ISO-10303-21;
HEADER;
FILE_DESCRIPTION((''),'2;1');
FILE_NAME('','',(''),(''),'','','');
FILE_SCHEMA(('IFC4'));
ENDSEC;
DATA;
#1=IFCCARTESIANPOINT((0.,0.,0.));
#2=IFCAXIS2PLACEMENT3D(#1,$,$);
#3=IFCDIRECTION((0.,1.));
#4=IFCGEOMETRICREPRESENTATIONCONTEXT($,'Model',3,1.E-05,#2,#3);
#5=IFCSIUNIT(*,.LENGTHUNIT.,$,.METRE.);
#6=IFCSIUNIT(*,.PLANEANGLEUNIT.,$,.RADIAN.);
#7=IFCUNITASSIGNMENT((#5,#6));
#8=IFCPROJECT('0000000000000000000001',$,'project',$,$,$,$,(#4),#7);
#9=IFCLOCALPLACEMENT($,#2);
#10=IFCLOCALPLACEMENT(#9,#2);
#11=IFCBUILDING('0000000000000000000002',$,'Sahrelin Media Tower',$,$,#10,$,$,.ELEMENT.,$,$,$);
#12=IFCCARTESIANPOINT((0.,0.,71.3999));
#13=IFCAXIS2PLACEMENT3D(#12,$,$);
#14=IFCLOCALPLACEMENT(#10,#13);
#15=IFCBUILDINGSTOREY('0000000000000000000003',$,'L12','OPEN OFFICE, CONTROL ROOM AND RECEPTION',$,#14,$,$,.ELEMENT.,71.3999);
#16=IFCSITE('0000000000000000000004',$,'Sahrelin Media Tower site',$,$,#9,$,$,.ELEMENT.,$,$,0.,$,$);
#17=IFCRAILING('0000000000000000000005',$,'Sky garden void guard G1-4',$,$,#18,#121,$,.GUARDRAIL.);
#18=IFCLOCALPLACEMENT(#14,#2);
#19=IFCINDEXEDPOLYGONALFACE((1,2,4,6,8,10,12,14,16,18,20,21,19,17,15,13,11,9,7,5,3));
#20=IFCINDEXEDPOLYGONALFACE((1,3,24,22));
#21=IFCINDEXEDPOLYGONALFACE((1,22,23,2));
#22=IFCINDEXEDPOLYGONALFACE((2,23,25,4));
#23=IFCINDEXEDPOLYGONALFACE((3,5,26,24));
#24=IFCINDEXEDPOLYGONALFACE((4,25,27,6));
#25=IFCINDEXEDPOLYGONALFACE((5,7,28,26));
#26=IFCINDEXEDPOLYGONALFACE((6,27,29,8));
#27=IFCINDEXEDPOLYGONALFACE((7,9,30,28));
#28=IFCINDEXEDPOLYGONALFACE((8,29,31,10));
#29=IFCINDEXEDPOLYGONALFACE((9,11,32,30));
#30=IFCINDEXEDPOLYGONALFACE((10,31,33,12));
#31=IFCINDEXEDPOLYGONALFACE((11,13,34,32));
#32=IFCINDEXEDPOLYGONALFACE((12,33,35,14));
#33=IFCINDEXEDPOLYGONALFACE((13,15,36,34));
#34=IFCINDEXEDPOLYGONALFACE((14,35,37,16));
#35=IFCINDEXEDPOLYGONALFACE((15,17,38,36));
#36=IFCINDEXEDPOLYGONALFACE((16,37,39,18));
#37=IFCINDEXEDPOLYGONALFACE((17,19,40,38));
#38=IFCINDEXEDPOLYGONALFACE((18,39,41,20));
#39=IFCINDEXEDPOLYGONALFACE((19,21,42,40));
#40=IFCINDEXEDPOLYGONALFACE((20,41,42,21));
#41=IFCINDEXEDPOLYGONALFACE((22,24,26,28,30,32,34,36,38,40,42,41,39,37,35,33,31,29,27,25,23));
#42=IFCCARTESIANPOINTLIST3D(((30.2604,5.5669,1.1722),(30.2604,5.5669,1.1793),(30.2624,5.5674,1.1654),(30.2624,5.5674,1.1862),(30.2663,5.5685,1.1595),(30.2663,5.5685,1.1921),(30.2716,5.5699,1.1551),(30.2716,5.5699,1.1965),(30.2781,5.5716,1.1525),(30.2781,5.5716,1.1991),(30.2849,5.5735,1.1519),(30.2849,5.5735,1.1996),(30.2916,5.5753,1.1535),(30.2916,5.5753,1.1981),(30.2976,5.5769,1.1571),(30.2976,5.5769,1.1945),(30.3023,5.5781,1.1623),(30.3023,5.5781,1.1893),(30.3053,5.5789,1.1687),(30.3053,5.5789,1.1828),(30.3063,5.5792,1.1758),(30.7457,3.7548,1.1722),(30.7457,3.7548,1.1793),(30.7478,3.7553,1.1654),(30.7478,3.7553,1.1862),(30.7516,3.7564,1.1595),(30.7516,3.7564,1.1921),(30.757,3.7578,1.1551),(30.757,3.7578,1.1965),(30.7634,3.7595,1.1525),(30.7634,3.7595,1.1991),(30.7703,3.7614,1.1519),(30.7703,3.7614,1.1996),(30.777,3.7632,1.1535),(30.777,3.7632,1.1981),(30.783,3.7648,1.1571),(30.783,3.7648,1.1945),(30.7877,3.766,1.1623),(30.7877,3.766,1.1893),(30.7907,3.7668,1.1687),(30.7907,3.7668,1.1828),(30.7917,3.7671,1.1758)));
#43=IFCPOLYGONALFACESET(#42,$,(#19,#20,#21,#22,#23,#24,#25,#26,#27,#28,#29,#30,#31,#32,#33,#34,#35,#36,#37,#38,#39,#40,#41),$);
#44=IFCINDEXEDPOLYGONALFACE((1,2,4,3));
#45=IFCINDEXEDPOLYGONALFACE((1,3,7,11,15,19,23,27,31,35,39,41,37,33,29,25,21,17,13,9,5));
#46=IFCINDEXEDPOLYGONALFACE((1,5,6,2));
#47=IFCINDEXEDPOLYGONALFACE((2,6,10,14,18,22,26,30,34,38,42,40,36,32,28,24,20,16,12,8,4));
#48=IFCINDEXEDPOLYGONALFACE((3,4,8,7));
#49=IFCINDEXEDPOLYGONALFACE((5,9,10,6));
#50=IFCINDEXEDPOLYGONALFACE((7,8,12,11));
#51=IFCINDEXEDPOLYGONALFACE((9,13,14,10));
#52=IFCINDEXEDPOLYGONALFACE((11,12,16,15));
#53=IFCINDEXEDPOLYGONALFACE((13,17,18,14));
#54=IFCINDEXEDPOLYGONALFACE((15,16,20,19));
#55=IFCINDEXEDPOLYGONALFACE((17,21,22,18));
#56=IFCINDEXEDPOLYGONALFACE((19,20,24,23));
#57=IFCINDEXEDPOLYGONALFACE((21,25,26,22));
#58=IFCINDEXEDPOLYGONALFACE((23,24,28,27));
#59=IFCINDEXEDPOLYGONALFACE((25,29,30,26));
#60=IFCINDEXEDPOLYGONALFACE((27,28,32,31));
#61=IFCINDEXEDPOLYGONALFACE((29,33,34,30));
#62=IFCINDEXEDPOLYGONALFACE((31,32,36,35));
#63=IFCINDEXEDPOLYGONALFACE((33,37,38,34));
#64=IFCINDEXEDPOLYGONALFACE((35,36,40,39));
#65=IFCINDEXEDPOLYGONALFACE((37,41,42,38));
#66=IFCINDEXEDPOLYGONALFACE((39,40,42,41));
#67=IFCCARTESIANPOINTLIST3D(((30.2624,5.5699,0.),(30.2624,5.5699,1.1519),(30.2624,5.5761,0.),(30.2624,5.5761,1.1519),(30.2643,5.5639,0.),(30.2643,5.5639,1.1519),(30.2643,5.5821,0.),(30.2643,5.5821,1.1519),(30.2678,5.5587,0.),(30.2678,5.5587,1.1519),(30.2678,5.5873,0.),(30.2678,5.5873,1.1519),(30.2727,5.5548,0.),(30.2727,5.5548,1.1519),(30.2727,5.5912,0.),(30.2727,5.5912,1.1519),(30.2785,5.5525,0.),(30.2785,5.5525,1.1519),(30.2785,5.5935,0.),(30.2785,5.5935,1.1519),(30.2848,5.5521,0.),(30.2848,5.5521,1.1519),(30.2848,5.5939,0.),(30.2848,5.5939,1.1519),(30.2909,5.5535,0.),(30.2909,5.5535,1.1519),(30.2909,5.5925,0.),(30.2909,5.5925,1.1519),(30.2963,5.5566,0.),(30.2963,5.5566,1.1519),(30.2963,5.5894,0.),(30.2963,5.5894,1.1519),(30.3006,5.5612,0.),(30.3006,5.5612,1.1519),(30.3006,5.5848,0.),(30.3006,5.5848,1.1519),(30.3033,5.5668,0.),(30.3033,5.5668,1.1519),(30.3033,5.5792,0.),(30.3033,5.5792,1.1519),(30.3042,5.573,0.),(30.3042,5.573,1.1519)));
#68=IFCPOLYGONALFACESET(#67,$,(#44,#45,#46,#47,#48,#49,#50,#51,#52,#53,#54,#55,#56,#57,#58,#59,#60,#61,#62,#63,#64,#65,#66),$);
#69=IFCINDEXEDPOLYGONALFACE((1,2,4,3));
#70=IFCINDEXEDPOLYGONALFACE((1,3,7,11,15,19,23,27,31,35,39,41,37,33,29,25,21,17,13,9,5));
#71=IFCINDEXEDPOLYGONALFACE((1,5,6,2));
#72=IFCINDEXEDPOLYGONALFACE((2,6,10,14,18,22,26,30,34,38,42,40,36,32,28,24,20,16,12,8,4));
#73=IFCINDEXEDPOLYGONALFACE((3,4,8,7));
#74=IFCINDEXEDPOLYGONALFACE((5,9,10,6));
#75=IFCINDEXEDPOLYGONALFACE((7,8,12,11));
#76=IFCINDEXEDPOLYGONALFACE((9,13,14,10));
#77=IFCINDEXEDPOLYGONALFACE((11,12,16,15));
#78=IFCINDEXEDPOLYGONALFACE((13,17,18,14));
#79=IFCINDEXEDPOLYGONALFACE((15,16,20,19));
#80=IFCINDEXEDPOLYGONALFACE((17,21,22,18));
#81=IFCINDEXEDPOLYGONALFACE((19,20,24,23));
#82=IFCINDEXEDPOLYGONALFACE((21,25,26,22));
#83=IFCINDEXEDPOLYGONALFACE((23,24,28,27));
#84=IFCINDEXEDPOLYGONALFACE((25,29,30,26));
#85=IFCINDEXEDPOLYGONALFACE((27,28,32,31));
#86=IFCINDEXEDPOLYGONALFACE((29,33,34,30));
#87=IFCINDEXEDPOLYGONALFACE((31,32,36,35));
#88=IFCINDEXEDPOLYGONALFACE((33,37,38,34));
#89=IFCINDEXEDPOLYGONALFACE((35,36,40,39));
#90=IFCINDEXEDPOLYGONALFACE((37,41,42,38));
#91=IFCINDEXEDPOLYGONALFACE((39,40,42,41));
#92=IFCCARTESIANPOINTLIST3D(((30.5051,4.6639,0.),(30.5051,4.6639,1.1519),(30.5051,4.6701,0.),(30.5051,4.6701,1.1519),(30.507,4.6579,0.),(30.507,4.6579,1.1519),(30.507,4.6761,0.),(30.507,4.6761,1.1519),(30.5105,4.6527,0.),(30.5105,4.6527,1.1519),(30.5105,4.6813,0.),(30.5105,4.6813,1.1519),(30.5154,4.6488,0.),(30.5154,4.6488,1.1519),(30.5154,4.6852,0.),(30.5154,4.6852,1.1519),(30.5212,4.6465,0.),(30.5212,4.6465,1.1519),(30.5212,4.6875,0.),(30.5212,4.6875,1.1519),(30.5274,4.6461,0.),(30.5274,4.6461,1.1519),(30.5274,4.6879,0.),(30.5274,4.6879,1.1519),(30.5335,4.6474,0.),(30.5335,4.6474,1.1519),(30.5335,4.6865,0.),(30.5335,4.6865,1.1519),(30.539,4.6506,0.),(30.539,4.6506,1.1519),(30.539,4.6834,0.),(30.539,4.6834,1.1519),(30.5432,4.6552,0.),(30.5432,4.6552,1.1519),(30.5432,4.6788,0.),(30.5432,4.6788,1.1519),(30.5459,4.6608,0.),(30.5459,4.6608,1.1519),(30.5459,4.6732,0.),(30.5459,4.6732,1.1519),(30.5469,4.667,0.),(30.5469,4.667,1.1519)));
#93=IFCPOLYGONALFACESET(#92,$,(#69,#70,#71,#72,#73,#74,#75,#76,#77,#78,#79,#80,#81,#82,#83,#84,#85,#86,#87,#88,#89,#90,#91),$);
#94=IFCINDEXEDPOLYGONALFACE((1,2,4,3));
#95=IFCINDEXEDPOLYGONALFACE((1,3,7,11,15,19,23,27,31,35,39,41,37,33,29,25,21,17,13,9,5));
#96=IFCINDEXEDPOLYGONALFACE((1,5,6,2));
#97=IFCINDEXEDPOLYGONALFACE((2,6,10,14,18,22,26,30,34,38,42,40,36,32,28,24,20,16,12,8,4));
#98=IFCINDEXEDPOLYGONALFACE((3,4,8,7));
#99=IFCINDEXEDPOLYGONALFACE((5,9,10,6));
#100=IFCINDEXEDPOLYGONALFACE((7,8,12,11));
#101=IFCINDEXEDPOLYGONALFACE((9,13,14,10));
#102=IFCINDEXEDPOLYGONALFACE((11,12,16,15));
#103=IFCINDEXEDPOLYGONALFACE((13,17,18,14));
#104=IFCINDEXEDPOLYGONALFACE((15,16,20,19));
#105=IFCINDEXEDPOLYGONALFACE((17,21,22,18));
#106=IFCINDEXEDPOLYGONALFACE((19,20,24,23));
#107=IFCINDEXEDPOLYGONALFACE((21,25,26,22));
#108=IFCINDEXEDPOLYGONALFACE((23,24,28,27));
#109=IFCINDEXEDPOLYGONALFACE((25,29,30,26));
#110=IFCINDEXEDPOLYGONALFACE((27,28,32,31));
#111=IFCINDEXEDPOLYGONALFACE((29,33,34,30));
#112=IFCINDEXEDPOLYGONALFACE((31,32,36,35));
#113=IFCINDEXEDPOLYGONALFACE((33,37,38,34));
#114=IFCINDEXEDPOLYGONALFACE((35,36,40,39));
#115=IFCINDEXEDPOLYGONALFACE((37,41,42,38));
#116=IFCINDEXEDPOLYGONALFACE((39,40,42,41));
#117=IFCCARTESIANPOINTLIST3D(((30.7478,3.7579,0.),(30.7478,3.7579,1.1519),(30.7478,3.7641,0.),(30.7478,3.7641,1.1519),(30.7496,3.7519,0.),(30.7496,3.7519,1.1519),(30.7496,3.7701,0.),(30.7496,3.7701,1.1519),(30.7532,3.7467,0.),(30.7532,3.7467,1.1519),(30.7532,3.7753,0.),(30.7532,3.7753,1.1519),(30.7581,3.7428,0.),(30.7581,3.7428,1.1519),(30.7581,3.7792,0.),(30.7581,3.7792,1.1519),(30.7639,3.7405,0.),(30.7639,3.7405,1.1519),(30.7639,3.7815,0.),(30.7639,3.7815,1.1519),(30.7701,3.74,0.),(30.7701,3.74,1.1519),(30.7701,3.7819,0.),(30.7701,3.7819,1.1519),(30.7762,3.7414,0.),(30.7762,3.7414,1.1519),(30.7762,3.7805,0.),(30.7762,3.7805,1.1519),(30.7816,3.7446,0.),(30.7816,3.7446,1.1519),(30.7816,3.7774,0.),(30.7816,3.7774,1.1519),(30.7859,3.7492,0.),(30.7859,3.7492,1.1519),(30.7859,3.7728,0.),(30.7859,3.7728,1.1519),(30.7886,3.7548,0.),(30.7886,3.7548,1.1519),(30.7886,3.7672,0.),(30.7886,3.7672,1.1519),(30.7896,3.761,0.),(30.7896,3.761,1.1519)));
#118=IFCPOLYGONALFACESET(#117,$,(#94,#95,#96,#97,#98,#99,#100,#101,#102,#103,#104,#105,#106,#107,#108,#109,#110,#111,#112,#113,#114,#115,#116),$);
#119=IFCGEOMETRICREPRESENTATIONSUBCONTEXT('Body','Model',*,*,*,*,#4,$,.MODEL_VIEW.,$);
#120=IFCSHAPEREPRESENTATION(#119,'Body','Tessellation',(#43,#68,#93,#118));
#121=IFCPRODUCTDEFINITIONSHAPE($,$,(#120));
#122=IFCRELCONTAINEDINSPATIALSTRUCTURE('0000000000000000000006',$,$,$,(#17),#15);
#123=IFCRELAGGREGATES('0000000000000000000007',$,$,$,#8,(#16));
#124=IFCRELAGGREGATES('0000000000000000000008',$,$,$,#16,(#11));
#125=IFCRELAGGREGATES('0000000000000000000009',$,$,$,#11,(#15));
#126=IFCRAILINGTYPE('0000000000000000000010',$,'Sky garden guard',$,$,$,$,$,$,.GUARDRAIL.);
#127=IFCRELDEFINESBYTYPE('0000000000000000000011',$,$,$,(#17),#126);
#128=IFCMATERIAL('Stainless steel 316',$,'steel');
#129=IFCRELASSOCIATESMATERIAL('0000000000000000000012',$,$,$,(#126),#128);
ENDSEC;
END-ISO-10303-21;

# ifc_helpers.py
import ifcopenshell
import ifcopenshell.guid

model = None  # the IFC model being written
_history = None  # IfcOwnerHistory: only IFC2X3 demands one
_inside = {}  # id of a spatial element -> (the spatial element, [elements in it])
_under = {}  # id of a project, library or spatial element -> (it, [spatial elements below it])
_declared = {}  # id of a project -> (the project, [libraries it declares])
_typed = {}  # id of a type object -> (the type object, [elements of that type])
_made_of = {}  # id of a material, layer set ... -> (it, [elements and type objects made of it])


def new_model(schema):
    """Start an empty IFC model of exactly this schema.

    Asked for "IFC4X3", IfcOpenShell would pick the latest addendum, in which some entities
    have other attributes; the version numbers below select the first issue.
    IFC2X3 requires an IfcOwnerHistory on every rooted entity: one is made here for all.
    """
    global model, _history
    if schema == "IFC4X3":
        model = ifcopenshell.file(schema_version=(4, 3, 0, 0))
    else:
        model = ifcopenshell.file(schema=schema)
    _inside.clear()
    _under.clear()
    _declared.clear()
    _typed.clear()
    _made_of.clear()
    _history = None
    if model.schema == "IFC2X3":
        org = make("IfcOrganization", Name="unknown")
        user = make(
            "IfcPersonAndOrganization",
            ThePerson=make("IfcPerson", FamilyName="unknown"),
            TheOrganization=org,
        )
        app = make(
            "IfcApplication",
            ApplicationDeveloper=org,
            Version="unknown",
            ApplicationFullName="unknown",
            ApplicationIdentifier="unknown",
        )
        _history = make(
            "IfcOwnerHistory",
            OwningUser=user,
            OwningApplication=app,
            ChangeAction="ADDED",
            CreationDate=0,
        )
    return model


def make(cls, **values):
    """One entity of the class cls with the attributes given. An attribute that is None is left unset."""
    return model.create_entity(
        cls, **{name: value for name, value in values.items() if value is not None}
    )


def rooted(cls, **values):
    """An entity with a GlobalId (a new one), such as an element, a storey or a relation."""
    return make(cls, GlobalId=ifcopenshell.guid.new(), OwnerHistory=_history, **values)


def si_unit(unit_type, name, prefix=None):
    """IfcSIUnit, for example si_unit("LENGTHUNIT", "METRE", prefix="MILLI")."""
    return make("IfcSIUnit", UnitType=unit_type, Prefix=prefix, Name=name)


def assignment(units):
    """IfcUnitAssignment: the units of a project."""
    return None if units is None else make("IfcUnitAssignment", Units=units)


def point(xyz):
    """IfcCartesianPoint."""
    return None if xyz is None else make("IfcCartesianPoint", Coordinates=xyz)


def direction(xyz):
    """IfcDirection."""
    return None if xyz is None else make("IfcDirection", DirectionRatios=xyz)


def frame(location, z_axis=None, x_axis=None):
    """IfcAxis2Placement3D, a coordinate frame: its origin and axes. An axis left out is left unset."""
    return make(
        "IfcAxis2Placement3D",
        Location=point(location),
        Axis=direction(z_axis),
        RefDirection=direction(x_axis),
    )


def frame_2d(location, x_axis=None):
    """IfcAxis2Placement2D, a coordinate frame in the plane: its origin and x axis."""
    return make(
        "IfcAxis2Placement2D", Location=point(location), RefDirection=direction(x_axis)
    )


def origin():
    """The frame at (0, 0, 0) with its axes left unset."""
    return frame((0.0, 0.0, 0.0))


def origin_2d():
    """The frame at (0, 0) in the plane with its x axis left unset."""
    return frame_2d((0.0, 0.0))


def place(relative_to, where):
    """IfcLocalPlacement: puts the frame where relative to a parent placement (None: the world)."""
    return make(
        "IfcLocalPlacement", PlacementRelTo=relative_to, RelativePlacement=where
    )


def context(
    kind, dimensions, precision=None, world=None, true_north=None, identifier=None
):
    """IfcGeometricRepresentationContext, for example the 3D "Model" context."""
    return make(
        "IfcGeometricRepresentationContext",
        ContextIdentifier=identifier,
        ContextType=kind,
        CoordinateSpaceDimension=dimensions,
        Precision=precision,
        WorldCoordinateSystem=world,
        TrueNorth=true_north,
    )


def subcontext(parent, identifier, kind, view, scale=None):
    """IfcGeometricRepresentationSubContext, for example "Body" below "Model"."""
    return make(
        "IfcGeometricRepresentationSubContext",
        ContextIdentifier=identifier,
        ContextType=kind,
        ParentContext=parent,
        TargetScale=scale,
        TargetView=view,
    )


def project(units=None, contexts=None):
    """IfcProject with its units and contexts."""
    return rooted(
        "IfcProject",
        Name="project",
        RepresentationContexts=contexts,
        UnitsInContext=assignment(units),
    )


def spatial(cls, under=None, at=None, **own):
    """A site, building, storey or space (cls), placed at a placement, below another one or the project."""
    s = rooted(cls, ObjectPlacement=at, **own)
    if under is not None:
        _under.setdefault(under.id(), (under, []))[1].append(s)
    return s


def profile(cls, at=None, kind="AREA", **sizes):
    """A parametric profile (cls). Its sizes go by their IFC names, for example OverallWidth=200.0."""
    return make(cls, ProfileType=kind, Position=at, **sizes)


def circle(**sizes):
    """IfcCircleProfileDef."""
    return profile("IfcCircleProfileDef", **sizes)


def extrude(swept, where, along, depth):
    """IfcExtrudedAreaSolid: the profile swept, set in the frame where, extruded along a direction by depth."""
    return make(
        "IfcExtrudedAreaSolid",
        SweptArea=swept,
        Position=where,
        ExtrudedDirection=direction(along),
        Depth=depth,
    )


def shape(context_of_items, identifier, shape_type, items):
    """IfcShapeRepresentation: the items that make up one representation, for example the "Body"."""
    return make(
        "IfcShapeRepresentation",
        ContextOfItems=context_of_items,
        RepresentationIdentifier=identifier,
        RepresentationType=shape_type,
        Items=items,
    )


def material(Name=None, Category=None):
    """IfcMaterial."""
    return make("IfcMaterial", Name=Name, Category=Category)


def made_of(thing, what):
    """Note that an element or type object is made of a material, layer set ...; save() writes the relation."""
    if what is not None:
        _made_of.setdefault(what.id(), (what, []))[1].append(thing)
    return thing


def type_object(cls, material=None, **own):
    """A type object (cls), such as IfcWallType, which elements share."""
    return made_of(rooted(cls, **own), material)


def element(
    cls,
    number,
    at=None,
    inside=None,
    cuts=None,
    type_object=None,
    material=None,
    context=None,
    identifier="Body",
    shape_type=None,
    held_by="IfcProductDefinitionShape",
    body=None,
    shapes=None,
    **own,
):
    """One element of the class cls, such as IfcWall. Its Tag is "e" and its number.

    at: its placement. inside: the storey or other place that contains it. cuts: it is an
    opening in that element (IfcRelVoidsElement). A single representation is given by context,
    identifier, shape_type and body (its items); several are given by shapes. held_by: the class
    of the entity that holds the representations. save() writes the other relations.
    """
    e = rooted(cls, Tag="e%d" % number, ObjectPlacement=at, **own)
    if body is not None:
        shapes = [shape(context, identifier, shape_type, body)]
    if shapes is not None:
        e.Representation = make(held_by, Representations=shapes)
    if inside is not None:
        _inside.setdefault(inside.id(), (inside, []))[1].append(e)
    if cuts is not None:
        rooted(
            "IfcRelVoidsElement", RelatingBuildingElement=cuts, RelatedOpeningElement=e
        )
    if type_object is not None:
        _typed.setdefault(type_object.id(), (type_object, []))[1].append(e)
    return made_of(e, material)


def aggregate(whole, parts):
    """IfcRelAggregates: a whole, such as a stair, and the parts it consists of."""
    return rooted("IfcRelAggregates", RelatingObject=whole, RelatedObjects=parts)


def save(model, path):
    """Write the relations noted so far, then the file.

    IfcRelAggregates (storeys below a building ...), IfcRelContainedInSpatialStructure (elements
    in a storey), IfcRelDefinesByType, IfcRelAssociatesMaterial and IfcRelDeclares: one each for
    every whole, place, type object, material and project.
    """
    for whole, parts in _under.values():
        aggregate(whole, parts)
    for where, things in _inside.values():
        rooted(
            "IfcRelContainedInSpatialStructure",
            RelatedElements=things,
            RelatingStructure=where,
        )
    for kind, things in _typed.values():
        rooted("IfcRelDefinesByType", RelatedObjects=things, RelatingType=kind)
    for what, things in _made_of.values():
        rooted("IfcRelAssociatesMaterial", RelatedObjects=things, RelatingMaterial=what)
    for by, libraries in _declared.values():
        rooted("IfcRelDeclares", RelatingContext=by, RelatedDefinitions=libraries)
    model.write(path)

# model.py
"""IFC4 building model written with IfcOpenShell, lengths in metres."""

from ifc_helpers import new_model, si_unit, direction, frame, origin, origin_2d, place, context, subcontext, project, spatial, circle, extrude, material, type_object, element, save


model = new_model("IFC4")

# Units and contexts
model_context = context("Model", 3, precision=1e-05, world=origin(), true_north=direction((0.0, 1.0)))
body_context = subcontext(model_context, "Body", "Model", "MODEL_VIEW")
ifc_project = project(units=[si_unit("LENGTHUNIT", "METRE"), si_unit("PLANEANGLEUNIT", "RADIAN")], contexts=[model_context])

# Site, building, storey
site_placement = place(None, origin())
site = spatial("IfcSite", under=ifc_project, at=site_placement, Name="Sahrelin Media Tower site", CompositionType="ELEMENT", RefElevation=0.0)
building_placement = place(site_placement, origin())
building = spatial("IfcBuilding", under=site, at=building_placement, Name="Sahrelin Media Tower", CompositionType="ELEMENT")
storey_placement = place(building_placement, frame((0.0, 0.0, 71.3999)))
storey = spatial("IfcBuildingStorey", under=building, at=storey_placement, Name="L12", Description="OPEN OFFICE, CONTROL ROOM AND RECEPTION", CompositionType="ELEMENT", Elevation=71.3999)

# Railing
ifc_material_1 = material(Name="Stainless steel 316", Category="steel")
railing_type = type_object("IfcRailingType", Name="Sky garden guard", PredefinedType="GUARDRAIL", material=ifc_material_1)
railing_1_placement = place(storey_placement, frame((30.2832, 5.573, 0.0)))
element("IfcRailing", 1, at=railing_1_placement, inside=storey, type_object=railing_type, Name="Sky garden void guard G1-4", PredefinedType="GUARDRAIL", context=body_context, shape_type="SweptSolid", body=[
    extrude(circle(Radius=0.0239, at=origin_2d()), frame((0.0, 0.0, 1.1758), z_axis=(0.258732, -0.965949, 0.0), x_axis=(0.965949, 0.258732, 0.0)), (0.0, 0.0, 1.0), 1.876),
    extrude(circle(Radius=0.021, at=origin_2d()), origin(), (0.0, 0.0, 1.0), 1.1519),
    extrude(circle(Radius=0.021, at=origin_2d()), frame((0.2427, -0.906, 0.0)), (0.0, 0.0, 1.0), 1.1519),
    extrude(circle(Radius=0.021, at=origin_2d()), frame((0.4854, -1.812, 0.0)), (0.0, 0.0, 1.0), 1.1519),
])

save(model, "model.ifc")
